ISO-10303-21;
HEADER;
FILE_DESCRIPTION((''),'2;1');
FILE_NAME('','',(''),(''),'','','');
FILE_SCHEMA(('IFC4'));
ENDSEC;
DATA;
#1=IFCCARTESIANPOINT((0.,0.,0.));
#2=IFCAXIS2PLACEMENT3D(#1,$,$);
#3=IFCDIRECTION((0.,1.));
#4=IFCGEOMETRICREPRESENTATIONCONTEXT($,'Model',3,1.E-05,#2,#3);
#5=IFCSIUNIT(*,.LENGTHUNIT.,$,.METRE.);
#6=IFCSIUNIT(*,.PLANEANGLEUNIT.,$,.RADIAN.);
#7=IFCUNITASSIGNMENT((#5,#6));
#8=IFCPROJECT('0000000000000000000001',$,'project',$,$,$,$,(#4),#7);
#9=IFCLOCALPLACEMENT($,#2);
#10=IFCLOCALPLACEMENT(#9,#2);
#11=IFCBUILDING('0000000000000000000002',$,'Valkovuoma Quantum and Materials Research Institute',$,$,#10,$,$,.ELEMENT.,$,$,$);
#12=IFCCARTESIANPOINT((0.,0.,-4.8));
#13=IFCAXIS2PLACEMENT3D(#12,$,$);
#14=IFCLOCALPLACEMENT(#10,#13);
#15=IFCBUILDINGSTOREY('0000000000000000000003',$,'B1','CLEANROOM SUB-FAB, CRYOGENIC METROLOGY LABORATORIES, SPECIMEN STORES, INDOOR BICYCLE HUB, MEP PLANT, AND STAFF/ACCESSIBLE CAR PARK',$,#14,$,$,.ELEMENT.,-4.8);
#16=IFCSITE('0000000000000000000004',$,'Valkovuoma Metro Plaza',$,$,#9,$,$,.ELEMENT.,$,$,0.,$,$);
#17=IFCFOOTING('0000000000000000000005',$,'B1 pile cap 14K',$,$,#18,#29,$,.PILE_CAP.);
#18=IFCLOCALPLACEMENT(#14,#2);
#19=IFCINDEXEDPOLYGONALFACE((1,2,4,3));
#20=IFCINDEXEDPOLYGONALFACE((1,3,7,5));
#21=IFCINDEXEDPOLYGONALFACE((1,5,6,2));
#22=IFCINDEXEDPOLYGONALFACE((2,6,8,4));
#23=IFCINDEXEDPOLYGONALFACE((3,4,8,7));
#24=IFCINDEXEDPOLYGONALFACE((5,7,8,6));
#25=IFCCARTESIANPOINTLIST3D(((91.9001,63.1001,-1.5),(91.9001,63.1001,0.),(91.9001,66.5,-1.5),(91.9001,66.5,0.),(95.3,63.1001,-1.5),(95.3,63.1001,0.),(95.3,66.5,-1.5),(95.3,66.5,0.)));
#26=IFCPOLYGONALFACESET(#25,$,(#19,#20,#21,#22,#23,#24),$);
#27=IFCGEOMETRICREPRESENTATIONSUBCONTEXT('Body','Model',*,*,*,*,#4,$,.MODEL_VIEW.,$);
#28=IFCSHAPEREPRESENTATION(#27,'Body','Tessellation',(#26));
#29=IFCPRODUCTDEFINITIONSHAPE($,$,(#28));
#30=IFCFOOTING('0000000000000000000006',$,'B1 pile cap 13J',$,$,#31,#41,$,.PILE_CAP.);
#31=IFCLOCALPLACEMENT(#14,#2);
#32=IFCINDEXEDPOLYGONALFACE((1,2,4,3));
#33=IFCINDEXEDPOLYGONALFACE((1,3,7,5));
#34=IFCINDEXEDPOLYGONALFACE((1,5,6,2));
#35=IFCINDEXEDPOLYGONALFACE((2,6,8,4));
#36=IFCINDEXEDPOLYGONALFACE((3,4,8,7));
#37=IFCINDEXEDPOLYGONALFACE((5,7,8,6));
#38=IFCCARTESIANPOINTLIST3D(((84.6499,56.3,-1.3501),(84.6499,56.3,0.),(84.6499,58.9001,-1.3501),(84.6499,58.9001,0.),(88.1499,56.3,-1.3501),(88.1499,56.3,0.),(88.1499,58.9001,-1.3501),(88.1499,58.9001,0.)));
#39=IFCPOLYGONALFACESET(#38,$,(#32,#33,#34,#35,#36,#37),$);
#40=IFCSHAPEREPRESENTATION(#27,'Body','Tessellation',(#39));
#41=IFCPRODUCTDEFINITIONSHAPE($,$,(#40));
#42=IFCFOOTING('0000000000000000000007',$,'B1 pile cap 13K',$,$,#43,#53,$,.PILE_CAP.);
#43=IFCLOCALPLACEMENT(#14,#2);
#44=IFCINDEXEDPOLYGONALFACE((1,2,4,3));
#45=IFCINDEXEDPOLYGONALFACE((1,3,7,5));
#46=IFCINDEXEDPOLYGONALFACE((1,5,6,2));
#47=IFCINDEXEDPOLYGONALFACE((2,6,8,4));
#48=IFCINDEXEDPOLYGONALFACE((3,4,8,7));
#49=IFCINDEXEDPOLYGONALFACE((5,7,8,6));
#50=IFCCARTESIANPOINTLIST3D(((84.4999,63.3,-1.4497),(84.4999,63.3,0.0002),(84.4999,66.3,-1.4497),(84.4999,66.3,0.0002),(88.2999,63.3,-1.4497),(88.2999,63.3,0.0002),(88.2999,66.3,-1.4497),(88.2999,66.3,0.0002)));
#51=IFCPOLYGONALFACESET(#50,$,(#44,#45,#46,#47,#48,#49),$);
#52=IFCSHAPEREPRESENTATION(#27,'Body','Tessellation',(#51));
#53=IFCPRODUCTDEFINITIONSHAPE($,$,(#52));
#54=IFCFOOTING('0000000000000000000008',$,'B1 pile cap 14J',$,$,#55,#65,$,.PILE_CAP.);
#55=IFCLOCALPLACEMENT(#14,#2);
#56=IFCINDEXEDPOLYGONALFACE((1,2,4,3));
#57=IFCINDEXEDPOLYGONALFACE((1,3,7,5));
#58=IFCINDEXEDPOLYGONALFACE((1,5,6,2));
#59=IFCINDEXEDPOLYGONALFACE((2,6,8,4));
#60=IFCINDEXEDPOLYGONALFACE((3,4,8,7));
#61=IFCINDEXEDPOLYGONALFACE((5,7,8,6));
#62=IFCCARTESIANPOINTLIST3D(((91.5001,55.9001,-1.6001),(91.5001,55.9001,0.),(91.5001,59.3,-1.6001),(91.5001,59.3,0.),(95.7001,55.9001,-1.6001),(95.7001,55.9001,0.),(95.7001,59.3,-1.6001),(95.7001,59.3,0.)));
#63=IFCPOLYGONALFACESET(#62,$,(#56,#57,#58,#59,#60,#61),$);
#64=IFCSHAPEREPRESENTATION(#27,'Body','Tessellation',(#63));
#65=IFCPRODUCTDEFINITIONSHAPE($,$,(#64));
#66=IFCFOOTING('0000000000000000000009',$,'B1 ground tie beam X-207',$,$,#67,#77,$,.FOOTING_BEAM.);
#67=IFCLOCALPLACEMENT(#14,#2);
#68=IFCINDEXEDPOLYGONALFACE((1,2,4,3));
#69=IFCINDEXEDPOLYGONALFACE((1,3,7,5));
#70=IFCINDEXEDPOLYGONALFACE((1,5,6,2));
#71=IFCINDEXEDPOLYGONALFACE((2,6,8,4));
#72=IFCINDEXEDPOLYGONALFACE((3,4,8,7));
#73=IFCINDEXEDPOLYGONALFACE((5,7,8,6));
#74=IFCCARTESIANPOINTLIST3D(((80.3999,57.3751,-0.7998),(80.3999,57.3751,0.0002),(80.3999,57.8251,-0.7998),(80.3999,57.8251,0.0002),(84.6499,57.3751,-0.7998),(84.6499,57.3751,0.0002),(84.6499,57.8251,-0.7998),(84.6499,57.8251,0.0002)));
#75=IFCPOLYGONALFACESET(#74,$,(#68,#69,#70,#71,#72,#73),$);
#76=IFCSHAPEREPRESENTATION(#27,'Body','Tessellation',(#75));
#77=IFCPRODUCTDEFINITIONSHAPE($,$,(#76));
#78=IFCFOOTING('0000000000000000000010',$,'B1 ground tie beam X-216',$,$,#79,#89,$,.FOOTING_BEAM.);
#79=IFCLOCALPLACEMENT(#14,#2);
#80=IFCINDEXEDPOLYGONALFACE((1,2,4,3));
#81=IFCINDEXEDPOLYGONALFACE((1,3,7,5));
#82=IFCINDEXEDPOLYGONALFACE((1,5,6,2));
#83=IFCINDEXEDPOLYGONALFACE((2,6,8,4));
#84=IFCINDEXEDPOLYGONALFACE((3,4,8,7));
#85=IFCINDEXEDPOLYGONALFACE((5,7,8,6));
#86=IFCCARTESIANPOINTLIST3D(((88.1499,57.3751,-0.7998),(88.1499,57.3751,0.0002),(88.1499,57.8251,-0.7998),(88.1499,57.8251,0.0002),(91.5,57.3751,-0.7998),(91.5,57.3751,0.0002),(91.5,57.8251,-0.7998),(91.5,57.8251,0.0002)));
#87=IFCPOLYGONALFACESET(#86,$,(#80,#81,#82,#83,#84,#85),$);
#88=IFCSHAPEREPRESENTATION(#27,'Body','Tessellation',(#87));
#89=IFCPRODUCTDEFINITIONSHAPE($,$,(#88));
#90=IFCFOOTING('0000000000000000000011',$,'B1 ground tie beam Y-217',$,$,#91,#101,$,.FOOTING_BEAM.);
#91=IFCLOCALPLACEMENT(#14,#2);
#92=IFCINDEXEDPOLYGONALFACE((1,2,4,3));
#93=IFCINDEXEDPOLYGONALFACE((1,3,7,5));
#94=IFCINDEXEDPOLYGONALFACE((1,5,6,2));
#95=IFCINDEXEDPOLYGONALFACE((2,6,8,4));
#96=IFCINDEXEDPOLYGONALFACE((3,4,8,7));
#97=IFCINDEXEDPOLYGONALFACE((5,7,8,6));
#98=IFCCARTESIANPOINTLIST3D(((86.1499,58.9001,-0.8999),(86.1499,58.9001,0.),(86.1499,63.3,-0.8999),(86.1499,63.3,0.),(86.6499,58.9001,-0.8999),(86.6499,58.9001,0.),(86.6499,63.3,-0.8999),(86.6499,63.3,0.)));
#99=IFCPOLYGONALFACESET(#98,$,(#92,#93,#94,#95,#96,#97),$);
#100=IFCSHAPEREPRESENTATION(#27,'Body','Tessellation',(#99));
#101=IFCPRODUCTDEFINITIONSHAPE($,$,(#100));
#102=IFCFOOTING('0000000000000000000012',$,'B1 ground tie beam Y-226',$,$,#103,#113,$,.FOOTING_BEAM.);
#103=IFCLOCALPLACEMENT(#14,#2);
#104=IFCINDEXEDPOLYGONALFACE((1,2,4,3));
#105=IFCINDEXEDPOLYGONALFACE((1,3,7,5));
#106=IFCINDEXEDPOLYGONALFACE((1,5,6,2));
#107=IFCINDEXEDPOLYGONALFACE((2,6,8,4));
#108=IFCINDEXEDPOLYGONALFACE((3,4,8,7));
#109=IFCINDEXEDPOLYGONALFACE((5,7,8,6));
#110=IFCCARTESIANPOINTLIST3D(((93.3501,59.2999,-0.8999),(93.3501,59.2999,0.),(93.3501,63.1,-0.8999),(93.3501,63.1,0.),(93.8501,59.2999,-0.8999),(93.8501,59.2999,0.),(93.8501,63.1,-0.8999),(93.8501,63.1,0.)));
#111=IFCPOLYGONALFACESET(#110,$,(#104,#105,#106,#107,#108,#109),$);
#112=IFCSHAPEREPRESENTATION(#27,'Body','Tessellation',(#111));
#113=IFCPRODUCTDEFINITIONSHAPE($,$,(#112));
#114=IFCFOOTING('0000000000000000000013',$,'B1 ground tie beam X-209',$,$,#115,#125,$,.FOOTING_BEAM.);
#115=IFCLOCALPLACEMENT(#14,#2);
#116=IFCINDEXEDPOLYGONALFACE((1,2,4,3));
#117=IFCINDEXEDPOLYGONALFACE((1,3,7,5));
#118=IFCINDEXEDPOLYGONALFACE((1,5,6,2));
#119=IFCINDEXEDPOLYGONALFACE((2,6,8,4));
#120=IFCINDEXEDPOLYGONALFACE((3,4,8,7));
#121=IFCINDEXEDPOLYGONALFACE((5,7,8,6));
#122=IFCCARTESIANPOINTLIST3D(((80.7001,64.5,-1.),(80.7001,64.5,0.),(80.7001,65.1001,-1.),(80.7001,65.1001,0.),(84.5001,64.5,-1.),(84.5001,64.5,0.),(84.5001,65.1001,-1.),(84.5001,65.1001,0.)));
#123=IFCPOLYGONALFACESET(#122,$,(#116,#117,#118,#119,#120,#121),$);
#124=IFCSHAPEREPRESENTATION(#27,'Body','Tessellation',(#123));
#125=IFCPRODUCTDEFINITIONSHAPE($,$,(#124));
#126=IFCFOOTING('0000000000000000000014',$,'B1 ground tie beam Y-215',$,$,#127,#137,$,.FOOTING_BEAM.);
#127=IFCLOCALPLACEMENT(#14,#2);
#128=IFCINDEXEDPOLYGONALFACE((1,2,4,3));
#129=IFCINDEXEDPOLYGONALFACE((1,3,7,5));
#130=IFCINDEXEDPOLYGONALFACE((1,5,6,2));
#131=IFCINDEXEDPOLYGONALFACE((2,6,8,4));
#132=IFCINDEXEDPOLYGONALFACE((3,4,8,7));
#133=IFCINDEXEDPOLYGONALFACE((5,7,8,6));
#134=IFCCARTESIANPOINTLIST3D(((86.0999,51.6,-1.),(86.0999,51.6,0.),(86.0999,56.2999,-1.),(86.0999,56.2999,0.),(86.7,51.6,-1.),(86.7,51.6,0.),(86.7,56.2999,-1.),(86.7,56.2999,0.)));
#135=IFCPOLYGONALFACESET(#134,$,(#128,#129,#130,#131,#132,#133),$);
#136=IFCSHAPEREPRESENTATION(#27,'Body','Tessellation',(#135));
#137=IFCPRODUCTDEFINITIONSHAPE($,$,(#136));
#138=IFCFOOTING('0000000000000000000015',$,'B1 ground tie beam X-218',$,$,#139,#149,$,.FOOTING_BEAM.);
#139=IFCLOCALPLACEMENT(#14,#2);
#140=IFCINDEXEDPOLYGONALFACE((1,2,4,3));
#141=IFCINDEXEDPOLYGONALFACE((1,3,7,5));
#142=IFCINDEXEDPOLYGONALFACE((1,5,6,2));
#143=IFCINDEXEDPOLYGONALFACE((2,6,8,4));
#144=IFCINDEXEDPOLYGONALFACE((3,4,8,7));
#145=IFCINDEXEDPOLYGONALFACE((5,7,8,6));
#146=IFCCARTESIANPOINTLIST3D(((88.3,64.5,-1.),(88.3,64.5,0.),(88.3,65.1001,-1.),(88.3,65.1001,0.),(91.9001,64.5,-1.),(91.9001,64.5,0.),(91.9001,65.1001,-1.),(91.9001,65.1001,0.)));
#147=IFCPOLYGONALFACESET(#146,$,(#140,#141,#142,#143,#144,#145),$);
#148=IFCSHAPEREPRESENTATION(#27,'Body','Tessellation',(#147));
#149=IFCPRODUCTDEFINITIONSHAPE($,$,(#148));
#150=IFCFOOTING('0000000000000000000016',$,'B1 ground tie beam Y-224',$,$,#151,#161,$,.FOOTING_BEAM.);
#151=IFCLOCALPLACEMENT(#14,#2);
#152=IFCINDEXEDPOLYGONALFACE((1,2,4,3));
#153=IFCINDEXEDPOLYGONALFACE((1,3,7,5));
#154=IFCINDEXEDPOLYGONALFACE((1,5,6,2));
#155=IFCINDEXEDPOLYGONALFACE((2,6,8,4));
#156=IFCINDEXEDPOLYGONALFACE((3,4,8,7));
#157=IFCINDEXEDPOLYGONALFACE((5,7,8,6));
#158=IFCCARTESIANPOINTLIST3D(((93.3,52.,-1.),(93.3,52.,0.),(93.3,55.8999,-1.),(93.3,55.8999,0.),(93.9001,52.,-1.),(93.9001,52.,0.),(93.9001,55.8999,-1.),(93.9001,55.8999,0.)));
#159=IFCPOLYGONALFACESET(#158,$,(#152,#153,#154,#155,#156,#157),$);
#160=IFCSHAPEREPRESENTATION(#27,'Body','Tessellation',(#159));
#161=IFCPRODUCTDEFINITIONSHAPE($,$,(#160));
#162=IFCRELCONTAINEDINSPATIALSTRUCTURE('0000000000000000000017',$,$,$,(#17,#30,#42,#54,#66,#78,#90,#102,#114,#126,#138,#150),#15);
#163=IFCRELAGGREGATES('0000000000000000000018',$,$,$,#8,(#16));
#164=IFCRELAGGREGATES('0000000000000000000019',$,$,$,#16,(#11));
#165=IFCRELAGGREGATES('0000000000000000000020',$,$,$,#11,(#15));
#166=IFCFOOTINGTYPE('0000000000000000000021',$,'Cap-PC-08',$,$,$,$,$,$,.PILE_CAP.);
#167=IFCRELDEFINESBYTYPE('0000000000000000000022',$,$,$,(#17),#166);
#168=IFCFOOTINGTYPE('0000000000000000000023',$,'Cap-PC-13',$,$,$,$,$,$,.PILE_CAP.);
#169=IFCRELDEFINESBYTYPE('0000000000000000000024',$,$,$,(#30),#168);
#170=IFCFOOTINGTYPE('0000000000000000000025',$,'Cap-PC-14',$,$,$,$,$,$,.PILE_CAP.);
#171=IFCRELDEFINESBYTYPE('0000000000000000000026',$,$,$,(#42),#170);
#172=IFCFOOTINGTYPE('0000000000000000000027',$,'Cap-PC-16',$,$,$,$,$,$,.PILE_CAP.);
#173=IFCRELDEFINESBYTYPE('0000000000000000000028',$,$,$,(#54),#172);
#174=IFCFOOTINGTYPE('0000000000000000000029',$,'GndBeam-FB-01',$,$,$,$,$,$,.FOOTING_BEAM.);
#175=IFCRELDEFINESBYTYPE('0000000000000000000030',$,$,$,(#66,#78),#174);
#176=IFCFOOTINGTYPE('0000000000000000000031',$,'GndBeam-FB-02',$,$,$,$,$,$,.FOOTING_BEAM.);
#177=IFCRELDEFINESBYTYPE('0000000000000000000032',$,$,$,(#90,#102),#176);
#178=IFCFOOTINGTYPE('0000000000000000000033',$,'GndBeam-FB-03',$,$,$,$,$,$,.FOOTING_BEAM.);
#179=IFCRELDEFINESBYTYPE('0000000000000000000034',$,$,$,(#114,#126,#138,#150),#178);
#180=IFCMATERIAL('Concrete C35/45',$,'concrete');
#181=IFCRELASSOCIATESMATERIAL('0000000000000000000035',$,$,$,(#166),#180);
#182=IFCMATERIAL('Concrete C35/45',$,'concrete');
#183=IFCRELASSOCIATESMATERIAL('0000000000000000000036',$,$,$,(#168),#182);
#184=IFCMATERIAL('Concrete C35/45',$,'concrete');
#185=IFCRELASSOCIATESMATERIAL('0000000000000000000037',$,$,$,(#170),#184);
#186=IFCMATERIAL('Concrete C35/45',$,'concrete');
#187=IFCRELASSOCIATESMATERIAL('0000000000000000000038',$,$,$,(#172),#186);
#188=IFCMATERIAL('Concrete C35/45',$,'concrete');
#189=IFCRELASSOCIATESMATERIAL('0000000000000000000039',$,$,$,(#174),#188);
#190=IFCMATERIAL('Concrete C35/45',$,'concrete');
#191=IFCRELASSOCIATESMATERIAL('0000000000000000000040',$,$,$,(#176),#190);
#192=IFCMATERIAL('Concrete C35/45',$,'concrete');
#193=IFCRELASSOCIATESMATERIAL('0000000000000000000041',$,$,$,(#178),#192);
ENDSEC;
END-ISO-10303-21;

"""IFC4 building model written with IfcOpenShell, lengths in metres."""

from ifc_helpers import new_model, si_unit, direction, frame, origin, origin_2d, place, context, subcontext, project, spatial, rectangle, extrude, material, type_object, element, save


model = new_model("IFC4")

# Units and contexts
model_context = context("Model", 3, precision=1e-05, world=origin(), true_north=direction((0.0, 1.0)))
body_context = subcontext(model_context, "Body", "Model", "MODEL_VIEW")
ifc_project = project(units=[si_unit("LENGTHUNIT", "METRE"), si_unit("PLANEANGLEUNIT", "RADIAN")], contexts=[model_context])

# Site, building, storey
site_placement = place(None, origin())
site = spatial("IfcSite", under=ifc_project, at=site_placement, Name="Valkovuoma Metro Plaza", CompositionType="ELEMENT", RefElevation=0.0)
building_placement = place(site_placement, origin())
building = spatial("IfcBuilding", under=site, at=building_placement, Name="Valkovuoma Quantum and Materials Research Institute", CompositionType="ELEMENT")
storey_placement = place(building_placement, frame((0.0, 0.0, -4.8)))
storey = spatial("IfcBuildingStorey", under=building, at=storey_placement, Name="B1", Description="CLEANROOM SUB-FAB, CRYOGENIC METROLOGY LABORATORIES, SPECIMEN STORES, INDOOR BICYCLE HUB, MEP PLANT, AND STAFF/ACCESSIBLE CAR PARK", CompositionType="ELEMENT", Elevation=-4.8)

# Footings
ifc_material_1 = material(Name="Concrete C35/45", Category="concrete")
footing_type_1 = type_object("IfcFootingType", Name="Cap-PC-08", PredefinedType="PILE_CAP", material=ifc_material_1)
footing_1_placement = place(storey_placement, frame((93.6001, 64.8, -1.5), z_axis=(0.0, 0.0, 1.0), x_axis=(1.0, 0.0, 0.0)))
element("IfcFooting", 1, at=footing_1_placement, inside=storey, type_object=footing_type_1, Name="B1 pile cap 14K", PredefinedType="PILE_CAP", context=body_context, shape_type="SweptSolid", body=[
    extrude(rectangle(XDim=3.3999, YDim=3.3999, at=origin_2d()), origin(), (0.0, 0.0, 1.0), 1.5),
])
ifc_material_2 = material(Name="Concrete C35/45", Category="concrete")
footing_type_2 = type_object("IfcFootingType", Name="Cap-PC-13", PredefinedType="PILE_CAP", material=ifc_material_2)
footing_2_placement = place(storey_placement, frame((86.3999, 57.6001, -1.3501), z_axis=(0.0, 0.0, 1.0), x_axis=(1.0, 0.0, 0.0)))
element("IfcFooting", 2, at=footing_2_placement, inside=storey, type_object=footing_type_2, Name="B1 pile cap 13J", PredefinedType="PILE_CAP", context=body_context, shape_type="SweptSolid", body=[
    extrude(rectangle(XDim=3.5, YDim=2.6001, at=origin_2d()), origin(), (0.0, 0.0, 1.0), 1.3501),
])
ifc_material_3 = material(Name="Concrete C35/45", Category="concrete")
footing_type_3 = type_object("IfcFootingType", Name="Cap-PC-14", PredefinedType="PILE_CAP", material=ifc_material_3)
footing_3_placement = place(storey_placement, frame((86.3999, 64.8, -1.4497), z_axis=(0.0, 0.0, 1.0), x_axis=(1.0, 0.0, 0.0)))
element("IfcFooting", 3, at=footing_3_placement, inside=storey, type_object=footing_type_3, Name="B1 pile cap 13K", PredefinedType="PILE_CAP", context=body_context, shape_type="SweptSolid", body=[
    extrude(rectangle(XDim=3.8, YDim=3.0, at=origin_2d()), origin(), (0.0, 0.0, 1.0), 1.45),
])
ifc_material_4 = material(Name="Concrete C35/45", Category="concrete")
footing_type_4 = type_object("IfcFootingType", Name="Cap-PC-16", PredefinedType="PILE_CAP", material=ifc_material_4)
footing_4_placement = place(storey_placement, frame((93.6001, 57.6001, -1.6001), z_axis=(0.0, 0.0, 1.0), x_axis=(1.0, 0.0, 0.0)))
element("IfcFooting", 4, at=footing_4_placement, inside=storey, type_object=footing_type_4, Name="B1 pile cap 14J", PredefinedType="PILE_CAP", context=body_context, shape_type="SweptSolid", body=[
    extrude(rectangle(XDim=4.2, YDim=3.3999, at=origin_2d()), origin(), (0.0, 0.0, 1.0), 1.6001),
])
ifc_material_5 = material(Name="Concrete C35/45", Category="concrete")
footing_type_5 = type_object("IfcFootingType", Name="GndBeam-FB-01", PredefinedType="FOOTING_BEAM", material=ifc_material_5)
footing_5_placement = place(storey_placement, frame((82.5249, 57.6001, -0.7998), z_axis=(0.0, 0.0, 1.0), x_axis=(1.0, 0.0, 0.0)))
element("IfcFooting", 5, at=footing_5_placement, inside=storey, type_object=footing_type_5, Name="B1 ground tie beam X-207", PredefinedType="FOOTING_BEAM", context=body_context, shape_type="SweptSolid", body=[
    extrude(rectangle(XDim=4.25, YDim=0.45, at=origin_2d()), origin(), (0.0, 0.0, 1.0), 0.8),
])
footing_6_placement = place(storey_placement, frame((89.825, 57.6001, -0.7998), z_axis=(0.0, 0.0, 1.0), x_axis=(1.0, 0.0, 0.0)))
element("IfcFooting", 6, at=footing_6_placement, inside=storey, type_object=footing_type_5, Name="B1 ground tie beam X-216", PredefinedType="FOOTING_BEAM", context=body_context, shape_type="SweptSolid", body=[
    extrude(rectangle(XDim=3.3501, YDim=0.45, at=origin_2d()), origin(), (0.0, 0.0, 1.0), 0.8),
])
ifc_material_6 = material(Name="Concrete C35/45", Category="concrete")
footing_type_6 = type_object("IfcFootingType", Name="GndBeam-FB-02", PredefinedType="FOOTING_BEAM", material=ifc_material_6)
footing_7_placement = place(storey_placement, frame((86.3999, 61.1001, -0.8999), z_axis=(0.0, 0.0, 1.0), x_axis=(0.0, 1.0, 0.0)))
element("IfcFooting", 7, at=footing_7_placement, inside=storey, type_object=footing_type_6, Name="B1 ground tie beam Y-217", PredefinedType="FOOTING_BEAM", context=body_context, shape_type="SweptSolid", body=[
    extrude(rectangle(XDim=4.3999, YDim=0.5, at=origin_2d()), origin(), (0.0, 0.0, 1.0), 0.8999),
])
footing_8_placement = place(storey_placement, frame((93.6001, 61.2, -0.8999), z_axis=(0.0, 0.0, 1.0), x_axis=(0.0, 1.0, 0.0)))
element("IfcFooting", 8, at=footing_8_placement, inside=storey, type_object=footing_type_6, Name="B1 ground tie beam Y-226", PredefinedType="FOOTING_BEAM", context=body_context, shape_type="SweptSolid", body=[
    extrude(rectangle(XDim=3.8, YDim=0.5, at=origin_2d()), origin(), (0.0, 0.0, 1.0), 0.8999),
])
ifc_material_7 = material(Name="Concrete C35/45", Category="concrete")
footing_type_7 = type_object("IfcFootingType", Name="GndBeam-FB-03", PredefinedType="FOOTING_BEAM", material=ifc_material_7)
footing_9_placement = place(storey_placement, frame((82.6001, 64.8, -1.0), z_axis=(0.0, 0.0, 1.0), x_axis=(1.0, 0.0, 0.0)))
element("IfcFooting", 9, at=footing_9_placement, inside=storey, type_object=footing_type_7, Name="B1 ground tie beam X-209", PredefinedType="FOOTING_BEAM", context=body_context, shape_type="SweptSolid", body=[
    extrude(rectangle(XDim=3.8, YDim=0.6001, at=origin_2d()), origin(), (0.0, 0.0, 1.0), 1.0),
])
footing_10_placement = place(storey_placement, frame((86.3999, 53.95, -1.0), z_axis=(0.0, 0.0, 1.0), x_axis=(0.0, 1.0, 0.0)))
element("IfcFooting", 10, at=footing_10_placement, inside=storey, type_object=footing_type_7, Name="B1 ground tie beam Y-215", PredefinedType="FOOTING_BEAM", context=body_context, shape_type="SweptSolid", body=[
    extrude(rectangle(XDim=4.7, YDim=0.6001, at=origin_2d()), origin(), (0.0, 0.0, 1.0), 1.0),
])
footing_11_placement = place(storey_placement, frame((90.1001, 64.8, -1.0), z_axis=(0.0, 0.0, 1.0), x_axis=(1.0, 0.0, 0.0)))
element("IfcFooting", 11, at=footing_11_placement, inside=storey, type_object=footing_type_7, Name="B1 ground tie beam X-218", PredefinedType="FOOTING_BEAM", context=body_context, shape_type="SweptSolid", body=[
    extrude(rectangle(XDim=3.6001, YDim=0.6001, at=origin_2d()), origin(), (0.0, 0.0, 1.0), 1.0),
])
footing_12_placement = place(storey_placement, frame((93.6001, 53.95, -1.0), z_axis=(0.0, 0.0, 1.0), x_axis=(0.0, 1.0, 0.0)))
element("IfcFooting", 12, at=footing_12_placement, inside=storey, type_object=footing_type_7, Name="B1 ground tie beam Y-224", PredefinedType="FOOTING_BEAM", context=body_context, shape_type="SweptSolid", body=[
    extrude(rectangle(XDim=3.8999, YDim=0.6001, at=origin_2d()), origin(), (0.0, 0.0, 1.0), 1.0),
])

save(model, "model.ifc")
